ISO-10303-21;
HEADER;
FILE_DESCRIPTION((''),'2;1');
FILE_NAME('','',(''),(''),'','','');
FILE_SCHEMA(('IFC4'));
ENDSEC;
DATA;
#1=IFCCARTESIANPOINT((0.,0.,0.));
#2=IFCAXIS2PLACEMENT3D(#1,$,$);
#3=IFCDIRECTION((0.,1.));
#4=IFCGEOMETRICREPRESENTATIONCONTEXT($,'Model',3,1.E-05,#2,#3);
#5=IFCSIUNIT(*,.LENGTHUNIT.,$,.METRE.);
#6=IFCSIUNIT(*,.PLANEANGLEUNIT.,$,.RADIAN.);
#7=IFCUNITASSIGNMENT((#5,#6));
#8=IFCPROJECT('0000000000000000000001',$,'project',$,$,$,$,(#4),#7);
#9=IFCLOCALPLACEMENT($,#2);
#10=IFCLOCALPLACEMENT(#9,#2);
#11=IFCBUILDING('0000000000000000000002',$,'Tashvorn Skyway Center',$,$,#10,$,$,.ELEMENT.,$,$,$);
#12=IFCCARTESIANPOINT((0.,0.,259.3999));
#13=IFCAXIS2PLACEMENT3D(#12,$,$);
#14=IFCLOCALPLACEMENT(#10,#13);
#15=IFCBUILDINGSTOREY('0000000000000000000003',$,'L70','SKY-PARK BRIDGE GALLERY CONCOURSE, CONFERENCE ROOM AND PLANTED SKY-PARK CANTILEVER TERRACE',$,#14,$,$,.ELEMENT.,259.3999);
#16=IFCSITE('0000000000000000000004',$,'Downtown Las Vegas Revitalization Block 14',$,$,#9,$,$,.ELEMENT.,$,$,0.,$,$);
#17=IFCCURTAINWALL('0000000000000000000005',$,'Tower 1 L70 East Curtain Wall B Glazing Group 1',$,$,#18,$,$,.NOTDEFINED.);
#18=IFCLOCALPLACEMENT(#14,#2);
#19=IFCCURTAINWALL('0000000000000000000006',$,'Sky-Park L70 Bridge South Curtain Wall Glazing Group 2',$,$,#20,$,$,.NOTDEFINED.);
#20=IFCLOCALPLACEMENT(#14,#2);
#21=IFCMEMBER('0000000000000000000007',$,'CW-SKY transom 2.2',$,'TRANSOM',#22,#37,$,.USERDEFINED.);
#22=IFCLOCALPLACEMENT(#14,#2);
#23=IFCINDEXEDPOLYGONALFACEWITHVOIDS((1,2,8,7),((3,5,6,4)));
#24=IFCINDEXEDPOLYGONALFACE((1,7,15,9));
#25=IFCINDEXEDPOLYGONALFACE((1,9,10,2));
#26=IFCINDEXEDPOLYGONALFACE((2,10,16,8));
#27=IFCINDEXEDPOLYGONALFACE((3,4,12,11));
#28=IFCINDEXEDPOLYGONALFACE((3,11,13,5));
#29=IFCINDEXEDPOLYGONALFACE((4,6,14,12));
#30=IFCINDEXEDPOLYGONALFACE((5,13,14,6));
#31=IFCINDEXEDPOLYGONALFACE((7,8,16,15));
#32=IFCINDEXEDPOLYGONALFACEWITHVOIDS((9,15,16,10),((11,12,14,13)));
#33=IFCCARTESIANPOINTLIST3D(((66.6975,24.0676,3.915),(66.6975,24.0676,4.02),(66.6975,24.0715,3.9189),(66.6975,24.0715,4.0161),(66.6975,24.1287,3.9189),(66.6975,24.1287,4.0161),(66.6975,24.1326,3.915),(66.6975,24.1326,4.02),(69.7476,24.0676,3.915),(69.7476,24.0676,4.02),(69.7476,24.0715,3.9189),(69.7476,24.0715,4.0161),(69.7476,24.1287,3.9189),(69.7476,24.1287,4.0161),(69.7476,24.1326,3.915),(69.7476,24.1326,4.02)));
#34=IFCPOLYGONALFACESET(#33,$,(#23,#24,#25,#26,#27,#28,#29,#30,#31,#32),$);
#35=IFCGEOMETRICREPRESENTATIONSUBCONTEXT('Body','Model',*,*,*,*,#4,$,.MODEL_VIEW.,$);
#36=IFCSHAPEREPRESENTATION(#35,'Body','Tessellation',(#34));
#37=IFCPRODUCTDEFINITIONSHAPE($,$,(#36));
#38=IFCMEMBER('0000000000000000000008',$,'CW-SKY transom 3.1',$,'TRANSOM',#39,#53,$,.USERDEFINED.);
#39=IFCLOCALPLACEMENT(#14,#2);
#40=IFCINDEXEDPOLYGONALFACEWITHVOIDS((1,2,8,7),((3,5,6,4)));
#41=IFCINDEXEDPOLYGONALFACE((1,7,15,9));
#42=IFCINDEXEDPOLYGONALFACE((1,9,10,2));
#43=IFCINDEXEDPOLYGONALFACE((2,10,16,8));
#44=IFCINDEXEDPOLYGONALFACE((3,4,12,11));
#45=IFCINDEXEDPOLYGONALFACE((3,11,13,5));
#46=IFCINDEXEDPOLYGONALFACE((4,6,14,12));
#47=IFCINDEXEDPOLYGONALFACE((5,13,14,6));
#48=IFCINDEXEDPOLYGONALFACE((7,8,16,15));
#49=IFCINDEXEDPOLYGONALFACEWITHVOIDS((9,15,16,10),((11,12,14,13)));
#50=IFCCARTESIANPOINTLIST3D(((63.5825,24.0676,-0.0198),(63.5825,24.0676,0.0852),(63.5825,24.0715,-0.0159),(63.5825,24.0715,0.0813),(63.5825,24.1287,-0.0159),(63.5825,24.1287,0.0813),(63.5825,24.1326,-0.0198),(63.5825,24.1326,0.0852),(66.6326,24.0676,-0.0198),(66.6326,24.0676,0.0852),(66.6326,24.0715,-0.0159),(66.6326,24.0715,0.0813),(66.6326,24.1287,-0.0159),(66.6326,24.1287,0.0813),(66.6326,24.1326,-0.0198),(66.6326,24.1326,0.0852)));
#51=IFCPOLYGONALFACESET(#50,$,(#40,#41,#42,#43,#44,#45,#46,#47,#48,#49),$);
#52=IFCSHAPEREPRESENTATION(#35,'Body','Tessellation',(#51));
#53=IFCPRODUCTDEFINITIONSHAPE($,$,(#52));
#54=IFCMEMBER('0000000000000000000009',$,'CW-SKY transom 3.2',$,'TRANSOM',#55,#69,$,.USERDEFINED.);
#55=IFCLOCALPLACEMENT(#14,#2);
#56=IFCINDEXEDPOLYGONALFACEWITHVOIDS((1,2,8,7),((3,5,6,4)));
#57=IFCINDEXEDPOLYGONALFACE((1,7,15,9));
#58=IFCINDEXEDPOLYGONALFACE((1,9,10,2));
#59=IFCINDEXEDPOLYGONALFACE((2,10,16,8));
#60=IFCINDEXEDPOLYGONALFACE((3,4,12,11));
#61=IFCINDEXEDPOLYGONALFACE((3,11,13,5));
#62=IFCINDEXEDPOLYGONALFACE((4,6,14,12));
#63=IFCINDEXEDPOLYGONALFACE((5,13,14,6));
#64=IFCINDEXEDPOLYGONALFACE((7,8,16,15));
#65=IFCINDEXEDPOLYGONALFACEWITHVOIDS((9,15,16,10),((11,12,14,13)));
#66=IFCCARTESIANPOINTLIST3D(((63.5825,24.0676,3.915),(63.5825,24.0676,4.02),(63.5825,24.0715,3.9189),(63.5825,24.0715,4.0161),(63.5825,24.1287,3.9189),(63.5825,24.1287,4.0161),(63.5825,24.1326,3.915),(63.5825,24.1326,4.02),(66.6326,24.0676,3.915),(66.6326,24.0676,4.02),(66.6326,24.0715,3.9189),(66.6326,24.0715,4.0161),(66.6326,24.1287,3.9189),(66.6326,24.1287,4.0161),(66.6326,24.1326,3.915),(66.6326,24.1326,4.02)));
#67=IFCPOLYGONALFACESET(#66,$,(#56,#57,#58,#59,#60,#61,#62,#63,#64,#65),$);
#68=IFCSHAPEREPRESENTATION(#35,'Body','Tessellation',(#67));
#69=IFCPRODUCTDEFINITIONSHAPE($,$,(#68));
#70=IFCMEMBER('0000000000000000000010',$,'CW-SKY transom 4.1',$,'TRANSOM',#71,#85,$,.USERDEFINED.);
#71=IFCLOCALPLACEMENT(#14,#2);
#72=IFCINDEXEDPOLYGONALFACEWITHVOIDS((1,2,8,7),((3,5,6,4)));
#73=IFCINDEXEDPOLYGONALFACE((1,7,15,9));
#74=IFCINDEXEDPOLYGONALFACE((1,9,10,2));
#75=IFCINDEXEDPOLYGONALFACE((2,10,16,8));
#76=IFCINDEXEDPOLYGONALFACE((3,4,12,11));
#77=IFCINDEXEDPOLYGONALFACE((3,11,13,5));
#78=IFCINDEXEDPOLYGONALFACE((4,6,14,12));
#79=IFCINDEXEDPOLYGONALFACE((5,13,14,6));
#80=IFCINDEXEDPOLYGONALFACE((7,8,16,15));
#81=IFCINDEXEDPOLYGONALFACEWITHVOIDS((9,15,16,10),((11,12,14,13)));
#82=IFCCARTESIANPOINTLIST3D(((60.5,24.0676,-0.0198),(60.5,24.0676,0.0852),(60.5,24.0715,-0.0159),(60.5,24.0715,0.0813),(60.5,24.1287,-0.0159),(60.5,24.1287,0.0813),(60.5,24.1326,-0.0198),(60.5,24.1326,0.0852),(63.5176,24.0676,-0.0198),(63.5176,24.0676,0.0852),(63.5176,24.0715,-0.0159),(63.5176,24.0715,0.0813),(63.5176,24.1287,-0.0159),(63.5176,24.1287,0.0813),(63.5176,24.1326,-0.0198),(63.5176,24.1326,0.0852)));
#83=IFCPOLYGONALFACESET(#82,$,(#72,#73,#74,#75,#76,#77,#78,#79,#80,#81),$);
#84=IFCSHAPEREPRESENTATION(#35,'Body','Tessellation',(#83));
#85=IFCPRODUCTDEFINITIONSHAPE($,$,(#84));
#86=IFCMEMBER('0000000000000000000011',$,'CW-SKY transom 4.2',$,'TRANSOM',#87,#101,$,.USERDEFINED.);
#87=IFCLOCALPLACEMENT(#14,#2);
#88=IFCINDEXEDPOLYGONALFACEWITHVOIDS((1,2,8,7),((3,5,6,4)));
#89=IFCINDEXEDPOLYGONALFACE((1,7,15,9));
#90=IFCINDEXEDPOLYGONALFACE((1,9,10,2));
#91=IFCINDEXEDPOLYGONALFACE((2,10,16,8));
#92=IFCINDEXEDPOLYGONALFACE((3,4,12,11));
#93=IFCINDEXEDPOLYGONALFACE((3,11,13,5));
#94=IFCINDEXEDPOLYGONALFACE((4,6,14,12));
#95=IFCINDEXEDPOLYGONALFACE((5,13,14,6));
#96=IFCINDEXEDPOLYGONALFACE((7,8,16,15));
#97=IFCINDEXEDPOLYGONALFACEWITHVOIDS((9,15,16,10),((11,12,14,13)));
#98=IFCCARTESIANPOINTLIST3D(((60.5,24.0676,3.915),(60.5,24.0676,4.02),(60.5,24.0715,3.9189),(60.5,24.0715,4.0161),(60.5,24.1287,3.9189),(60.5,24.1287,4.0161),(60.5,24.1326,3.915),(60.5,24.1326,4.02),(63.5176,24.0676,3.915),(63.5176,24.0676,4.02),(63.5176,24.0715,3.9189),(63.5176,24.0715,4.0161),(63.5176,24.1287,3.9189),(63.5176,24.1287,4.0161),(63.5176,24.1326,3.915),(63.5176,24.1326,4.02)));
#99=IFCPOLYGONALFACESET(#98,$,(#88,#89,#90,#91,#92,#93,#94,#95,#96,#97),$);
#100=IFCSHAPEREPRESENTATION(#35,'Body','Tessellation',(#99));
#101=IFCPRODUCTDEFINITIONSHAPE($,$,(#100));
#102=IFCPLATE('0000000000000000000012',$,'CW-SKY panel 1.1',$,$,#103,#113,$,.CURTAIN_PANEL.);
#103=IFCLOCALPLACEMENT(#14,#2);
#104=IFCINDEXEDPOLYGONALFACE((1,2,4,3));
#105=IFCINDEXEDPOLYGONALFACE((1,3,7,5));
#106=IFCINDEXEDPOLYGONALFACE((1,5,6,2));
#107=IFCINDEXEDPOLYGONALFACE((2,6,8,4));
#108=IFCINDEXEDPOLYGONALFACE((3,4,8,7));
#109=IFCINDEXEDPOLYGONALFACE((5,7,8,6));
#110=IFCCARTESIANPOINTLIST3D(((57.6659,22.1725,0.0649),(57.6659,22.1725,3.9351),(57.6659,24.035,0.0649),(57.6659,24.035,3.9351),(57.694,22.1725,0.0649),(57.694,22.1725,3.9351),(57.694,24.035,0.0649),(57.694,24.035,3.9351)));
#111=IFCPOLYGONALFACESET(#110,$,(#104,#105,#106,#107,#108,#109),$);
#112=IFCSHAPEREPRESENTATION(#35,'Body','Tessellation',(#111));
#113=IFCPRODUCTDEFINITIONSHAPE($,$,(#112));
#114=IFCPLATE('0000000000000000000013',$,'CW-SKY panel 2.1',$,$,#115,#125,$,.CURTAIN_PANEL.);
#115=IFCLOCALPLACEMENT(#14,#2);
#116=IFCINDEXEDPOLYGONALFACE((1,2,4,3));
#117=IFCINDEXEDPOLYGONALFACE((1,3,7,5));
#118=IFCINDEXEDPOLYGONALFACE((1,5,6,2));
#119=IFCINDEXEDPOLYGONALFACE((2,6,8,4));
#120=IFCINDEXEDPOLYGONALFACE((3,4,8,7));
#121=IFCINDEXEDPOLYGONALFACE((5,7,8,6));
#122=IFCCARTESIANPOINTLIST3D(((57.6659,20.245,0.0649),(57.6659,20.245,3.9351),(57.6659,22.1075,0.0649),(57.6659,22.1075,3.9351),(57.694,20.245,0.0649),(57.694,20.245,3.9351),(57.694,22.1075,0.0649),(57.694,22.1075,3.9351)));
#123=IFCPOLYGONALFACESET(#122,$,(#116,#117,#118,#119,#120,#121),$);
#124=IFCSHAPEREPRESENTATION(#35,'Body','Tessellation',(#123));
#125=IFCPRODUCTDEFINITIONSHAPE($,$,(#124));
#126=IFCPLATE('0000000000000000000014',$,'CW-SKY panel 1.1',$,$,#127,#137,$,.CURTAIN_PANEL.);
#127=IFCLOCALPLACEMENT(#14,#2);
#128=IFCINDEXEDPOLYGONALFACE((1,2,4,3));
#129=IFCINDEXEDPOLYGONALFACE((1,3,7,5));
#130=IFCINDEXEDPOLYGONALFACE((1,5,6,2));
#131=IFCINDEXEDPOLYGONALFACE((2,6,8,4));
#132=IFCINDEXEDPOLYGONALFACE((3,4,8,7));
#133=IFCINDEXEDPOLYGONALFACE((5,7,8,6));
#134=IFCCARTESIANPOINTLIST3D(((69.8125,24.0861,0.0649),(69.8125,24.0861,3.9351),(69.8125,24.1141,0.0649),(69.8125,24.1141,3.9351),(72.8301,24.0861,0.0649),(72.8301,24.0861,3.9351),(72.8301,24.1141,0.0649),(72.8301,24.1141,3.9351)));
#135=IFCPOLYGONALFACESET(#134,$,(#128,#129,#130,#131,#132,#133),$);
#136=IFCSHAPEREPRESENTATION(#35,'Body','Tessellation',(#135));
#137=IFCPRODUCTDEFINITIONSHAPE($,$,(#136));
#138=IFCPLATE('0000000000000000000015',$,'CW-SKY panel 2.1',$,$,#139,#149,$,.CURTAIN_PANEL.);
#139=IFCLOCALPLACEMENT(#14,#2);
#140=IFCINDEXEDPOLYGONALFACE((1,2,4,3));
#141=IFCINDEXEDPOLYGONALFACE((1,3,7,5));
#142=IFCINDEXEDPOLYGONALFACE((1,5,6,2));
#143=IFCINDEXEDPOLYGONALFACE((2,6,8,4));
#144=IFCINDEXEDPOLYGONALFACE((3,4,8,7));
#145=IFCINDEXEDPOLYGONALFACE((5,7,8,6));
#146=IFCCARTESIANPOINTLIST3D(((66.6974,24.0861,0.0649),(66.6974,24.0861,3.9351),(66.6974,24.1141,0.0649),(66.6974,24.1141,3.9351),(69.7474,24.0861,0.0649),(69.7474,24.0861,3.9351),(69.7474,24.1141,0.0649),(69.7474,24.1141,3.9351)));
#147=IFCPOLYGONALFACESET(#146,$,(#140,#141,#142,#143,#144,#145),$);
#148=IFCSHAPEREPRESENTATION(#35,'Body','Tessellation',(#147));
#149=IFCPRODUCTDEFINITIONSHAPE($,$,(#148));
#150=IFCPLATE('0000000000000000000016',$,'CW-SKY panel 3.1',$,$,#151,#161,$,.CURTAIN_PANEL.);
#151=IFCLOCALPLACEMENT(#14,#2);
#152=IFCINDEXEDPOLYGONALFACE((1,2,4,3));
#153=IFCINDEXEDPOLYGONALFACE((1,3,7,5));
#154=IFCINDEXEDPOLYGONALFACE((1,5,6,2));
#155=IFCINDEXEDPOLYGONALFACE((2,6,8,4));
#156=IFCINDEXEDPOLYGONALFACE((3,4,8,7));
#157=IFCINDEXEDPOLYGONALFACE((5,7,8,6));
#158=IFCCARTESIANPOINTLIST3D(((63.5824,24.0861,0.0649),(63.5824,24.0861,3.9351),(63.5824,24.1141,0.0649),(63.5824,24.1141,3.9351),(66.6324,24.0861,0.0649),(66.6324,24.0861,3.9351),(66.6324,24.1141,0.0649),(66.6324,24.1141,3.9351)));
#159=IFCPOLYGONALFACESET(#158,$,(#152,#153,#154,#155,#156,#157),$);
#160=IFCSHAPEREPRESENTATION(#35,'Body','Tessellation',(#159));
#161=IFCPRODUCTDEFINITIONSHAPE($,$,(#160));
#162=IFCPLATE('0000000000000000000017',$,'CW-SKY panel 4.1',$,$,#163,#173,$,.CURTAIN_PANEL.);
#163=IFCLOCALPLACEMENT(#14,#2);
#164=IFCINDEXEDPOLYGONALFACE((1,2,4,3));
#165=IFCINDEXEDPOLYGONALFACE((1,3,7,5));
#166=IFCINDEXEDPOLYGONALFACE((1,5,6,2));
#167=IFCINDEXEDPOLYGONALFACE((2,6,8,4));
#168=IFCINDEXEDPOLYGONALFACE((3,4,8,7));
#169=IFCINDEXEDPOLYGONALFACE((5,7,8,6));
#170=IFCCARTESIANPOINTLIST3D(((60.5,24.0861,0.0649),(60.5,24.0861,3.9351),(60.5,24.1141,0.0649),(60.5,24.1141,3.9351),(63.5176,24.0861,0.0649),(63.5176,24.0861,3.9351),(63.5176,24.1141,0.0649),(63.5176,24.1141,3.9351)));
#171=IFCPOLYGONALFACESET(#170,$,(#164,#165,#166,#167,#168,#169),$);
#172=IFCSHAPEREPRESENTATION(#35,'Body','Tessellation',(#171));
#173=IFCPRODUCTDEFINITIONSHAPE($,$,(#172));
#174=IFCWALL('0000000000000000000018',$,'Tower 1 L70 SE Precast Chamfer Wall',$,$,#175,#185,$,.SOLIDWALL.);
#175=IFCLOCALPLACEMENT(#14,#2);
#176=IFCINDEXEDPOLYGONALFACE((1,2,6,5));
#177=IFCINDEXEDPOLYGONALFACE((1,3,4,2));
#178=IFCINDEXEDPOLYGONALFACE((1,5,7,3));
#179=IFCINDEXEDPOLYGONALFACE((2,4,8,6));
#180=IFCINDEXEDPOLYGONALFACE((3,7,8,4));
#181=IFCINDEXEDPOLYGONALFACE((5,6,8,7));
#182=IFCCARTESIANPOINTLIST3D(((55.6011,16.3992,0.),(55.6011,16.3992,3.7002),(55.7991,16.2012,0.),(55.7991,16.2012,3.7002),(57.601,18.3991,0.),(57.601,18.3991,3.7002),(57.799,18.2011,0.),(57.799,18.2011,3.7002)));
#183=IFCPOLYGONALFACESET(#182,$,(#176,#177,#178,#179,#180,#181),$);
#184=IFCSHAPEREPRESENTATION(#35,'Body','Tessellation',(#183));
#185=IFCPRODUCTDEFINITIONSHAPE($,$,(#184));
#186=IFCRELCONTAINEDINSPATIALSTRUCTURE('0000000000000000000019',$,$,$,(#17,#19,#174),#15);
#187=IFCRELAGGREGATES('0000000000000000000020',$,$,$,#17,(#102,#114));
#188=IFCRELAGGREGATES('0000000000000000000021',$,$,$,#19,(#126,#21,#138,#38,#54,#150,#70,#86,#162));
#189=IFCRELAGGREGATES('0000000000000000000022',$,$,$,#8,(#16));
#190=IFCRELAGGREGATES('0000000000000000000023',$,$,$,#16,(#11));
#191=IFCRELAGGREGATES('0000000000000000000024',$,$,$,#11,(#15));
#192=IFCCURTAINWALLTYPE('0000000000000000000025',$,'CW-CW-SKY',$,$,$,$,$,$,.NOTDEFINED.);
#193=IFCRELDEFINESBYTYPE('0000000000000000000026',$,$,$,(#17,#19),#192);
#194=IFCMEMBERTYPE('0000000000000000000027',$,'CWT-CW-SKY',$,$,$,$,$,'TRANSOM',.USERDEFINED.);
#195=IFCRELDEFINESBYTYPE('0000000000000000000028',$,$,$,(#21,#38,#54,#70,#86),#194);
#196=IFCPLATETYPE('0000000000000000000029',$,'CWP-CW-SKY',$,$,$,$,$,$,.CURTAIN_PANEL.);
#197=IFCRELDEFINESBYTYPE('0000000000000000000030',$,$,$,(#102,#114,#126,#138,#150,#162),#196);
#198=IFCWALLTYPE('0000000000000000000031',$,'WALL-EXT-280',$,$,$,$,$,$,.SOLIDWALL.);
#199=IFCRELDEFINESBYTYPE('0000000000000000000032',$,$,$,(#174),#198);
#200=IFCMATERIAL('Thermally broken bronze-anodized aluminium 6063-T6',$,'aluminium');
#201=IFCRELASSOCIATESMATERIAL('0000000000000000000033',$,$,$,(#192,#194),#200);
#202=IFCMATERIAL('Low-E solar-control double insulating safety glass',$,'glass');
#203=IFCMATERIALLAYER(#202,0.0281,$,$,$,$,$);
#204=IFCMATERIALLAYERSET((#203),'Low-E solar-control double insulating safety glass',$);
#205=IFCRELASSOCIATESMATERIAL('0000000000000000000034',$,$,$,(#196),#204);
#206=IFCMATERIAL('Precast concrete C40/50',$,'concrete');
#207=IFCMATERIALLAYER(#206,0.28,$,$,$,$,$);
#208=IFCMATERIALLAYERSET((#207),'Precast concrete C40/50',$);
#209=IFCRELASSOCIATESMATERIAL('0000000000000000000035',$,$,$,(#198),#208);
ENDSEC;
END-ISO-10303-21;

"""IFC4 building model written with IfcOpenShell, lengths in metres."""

from ifc_helpers import new_model, si_unit, direction, frame, frame_2d, origin, origin_2d, place, context, subcontext, project, spatial, rectangle, hollow_rectangle, extrude, material, layer, layer_set, material_profile, profile_set, type_object, element, aggregate, save


model = new_model("IFC4")

# Units and contexts
model_context = context("Model", 3, precision=1e-05, world=origin(), true_north=direction((0.0, 1.0)))
body_context = subcontext(model_context, "Body", "Model", "MODEL_VIEW")
ifc_project = project(units=[si_unit("LENGTHUNIT", "METRE"), si_unit("PLANEANGLEUNIT", "RADIAN")], contexts=[model_context])

# Site, building, storey
site_placement = place(None, origin())
site = spatial("IfcSite", under=ifc_project, at=site_placement, Name="Downtown Las Vegas Revitalization Block 14", CompositionType="ELEMENT", RefElevation=0.0)
building_placement = place(site_placement, origin())
building = spatial("IfcBuilding", under=site, at=building_placement, Name="Tashvorn Skyway Center", CompositionType="ELEMENT")
storey_placement = place(building_placement, frame((0.0, 0.0, 259.3999)))
storey = spatial("IfcBuildingStorey", under=building, at=storey_placement, Name="L70", Description="SKY-PARK BRIDGE GALLERY CONCOURSE, CONFERENCE ROOM AND PLANTED SKY-PARK CANTILEVER TERRACE", CompositionType="ELEMENT", Elevation=259.3999)

# Curtain walls
ifc_material_1 = material(Name="Thermally broken bronze-anodized aluminium 6063-T6", Category="aluminium")
curtain_wall_type = type_object("IfcCurtainWallType", Name="CW-CW-SKY", PredefinedType="NOTDEFINED", material=ifc_material_1)
curtain_wall_1_placement = place(storey_placement, origin())
curtain_wall_1 = element("IfcCurtainWall", 1, at=curtain_wall_1_placement, inside=storey, type_object=curtain_wall_type, Name="Tower 1 L70 East Curtain Wall B Glazing Group 1", PredefinedType="NOTDEFINED")
curtain_wall_2_placement = place(storey_placement, origin())
curtain_wall_2 = element("IfcCurtainWall", 2, at=curtain_wall_2_placement, inside=storey, type_object=curtain_wall_type, Name="Sky-Park L70 Bridge South Curtain Wall Glazing Group 2", PredefinedType="NOTDEFINED")

# Members
ifc_material_profile_1 = material_profile(ifc_material_1, hollow_rectangle(XDim=0.0649, YDim=0.105, WallThickness=0.0039, at=origin_2d()), Name="ALU-TRAN-65x105")
ifc_profile_set_1 = profile_set([ifc_material_profile_1], Name="Thermally broken bronze-anodized aluminium 6063-T6")
member_type_1 = type_object("IfcMemberType", Name="CWT-CW-SKY", ElementType="TRANSOM", PredefinedType="USERDEFINED", material=ifc_profile_set_1)
member_1_placement = place(storey_placement, frame((69.7476, 24.1001, 3.9675), z_axis=(-1.0, 0.0, 0.0), x_axis=(0.0, -1.0, 0.0)))
member_1 = element("IfcMember", 3, at=member_1_placement, type_object=member_type_1, Name="CW-SKY transom 2.2", ObjectType="TRANSOM", PredefinedType="USERDEFINED", context=body_context, shape_type="SweptSolid", body=[
    extrude(hollow_rectangle(XDim=0.0649, YDim=0.105, WallThickness=0.0039, at=origin_2d()), origin(), (0.0, 0.0, 1.0), 3.05),
])
member_2_placement = place(storey_placement, frame((66.6326, 24.1001, 0.0327), z_axis=(-1.0, 0.0, 0.0), x_axis=(0.0, -1.0, 0.0)))
member_2 = element("IfcMember", 4, at=member_2_placement, type_object=member_type_1, Name="CW-SKY transom 3.1", ObjectType="TRANSOM", PredefinedType="USERDEFINED", context=body_context, shape_type="SweptSolid", body=[
    extrude(hollow_rectangle(XDim=0.0649, YDim=0.105, WallThickness=0.0039, at=origin_2d()), origin(), (0.0, 0.0, 1.0), 3.05),
])
member_3_placement = place(storey_placement, frame((66.6326, 24.1001, 3.9675), z_axis=(-1.0, 0.0, 0.0), x_axis=(0.0, -1.0, 0.0)))
member_3 = element("IfcMember", 5, at=member_3_placement, type_object=member_type_1, Name="CW-SKY transom 3.2", ObjectType="TRANSOM", PredefinedType="USERDEFINED", context=body_context, shape_type="SweptSolid", body=[
    extrude(hollow_rectangle(XDim=0.0649, YDim=0.105, WallThickness=0.0039, at=origin_2d()), origin(), (0.0, 0.0, 1.0), 3.05),
])
member_4_placement = place(storey_placement, frame((63.5176, 24.1001, 0.0327), z_axis=(-1.0, 0.0, 0.0), x_axis=(0.0, -1.0, 0.0)))
member_4 = element("IfcMember", 6, at=member_4_placement, type_object=member_type_1, Name="CW-SKY transom 4.1", ObjectType="TRANSOM", PredefinedType="USERDEFINED", context=body_context, shape_type="SweptSolid", body=[
    extrude(hollow_rectangle(XDim=0.0649, YDim=0.105, WallThickness=0.0039, at=origin_2d()), origin(), (0.0, 0.0, 1.0), 3.0176),
])
member_5_placement = place(storey_placement, frame((63.5176, 24.1001, 3.9675), z_axis=(-1.0, 0.0, 0.0), x_axis=(0.0, -1.0, 0.0)))
member_5 = element("IfcMember", 7, at=member_5_placement, type_object=member_type_1, Name="CW-SKY transom 4.2", ObjectType="TRANSOM", PredefinedType="USERDEFINED", context=body_context, shape_type="SweptSolid", body=[
    extrude(hollow_rectangle(XDim=0.0649, YDim=0.105, WallThickness=0.0039, at=origin_2d()), origin(), (0.0, 0.0, 1.0), 3.0176),
])

# Plates
ifc_material_2 = material(Name="Low-E solar-control double insulating safety glass", Category="glass")
ifc_layer_1 = layer(ifc_material_2, 0.0281)
ifc_layer_set_1 = layer_set([ifc_layer_1], Name="Low-E solar-control double insulating safety glass")
plate_type = type_object("IfcPlateType", Name="CWP-CW-SKY", PredefinedType="CURTAIN_PANEL", material=ifc_layer_set_1)
plate_1_placement = place(storey_placement, frame((57.6799, 23.1038, 0.0649), z_axis=(0.0, 0.0, 1.0), x_axis=(0.0, -1.0, 0.0)))
plate_1 = element("IfcPlate", 8, at=plate_1_placement, type_object=plate_type, Name="CW-SKY panel 1.1", PredefinedType="CURTAIN_PANEL", context=body_context, shape_type="SweptSolid", body=[
    extrude(rectangle(XDim=1.8625, YDim=0.0281, at=origin_2d()), origin(), (0.0, 0.0, 1.0), 3.8701),
])
plate_2_placement = place(storey_placement, frame((57.6799, 21.1763, 0.0649), z_axis=(0.0, 0.0, 1.0), x_axis=(0.0, -1.0, 0.0)))
plate_2 = element("IfcPlate", 9, at=plate_2_placement, type_object=plate_type, Name="CW-SKY panel 2.1", PredefinedType="CURTAIN_PANEL", context=body_context, shape_type="SweptSolid", body=[
    extrude(rectangle(XDim=1.8625, YDim=0.0281, at=origin_2d()), origin(), (0.0, 0.0, 1.0), 3.8701),
])
aggregate(curtain_wall_1, [plate_1, plate_2])
plate_3_placement = place(storey_placement, frame((71.3213, 24.1001, 0.0649), z_axis=(0.0, 0.0, 1.0), x_axis=(-1.0, 0.0, 0.0)))
plate_3 = element("IfcPlate", 10, at=plate_3_placement, type_object=plate_type, Name="CW-SKY panel 1.1", PredefinedType="CURTAIN_PANEL", context=body_context, shape_type="SweptSolid", body=[
    extrude(rectangle(XDim=3.0176, YDim=0.0281, at=origin_2d()), origin(), (0.0, 0.0, 1.0), 3.8701),
])
plate_4_placement = place(storey_placement, frame((68.2224, 24.1001, 0.0649), z_axis=(0.0, 0.0, 1.0), x_axis=(-1.0, 0.0, 0.0)))
plate_4 = element("IfcPlate", 11, at=plate_4_placement, type_object=plate_type, Name="CW-SKY panel 2.1", PredefinedType="CURTAIN_PANEL", context=body_context, shape_type="SweptSolid", body=[
    extrude(rectangle(XDim=3.05, YDim=0.0281, at=origin_2d()), origin(), (0.0, 0.0, 1.0), 3.8701),
])
plate_5_placement = place(storey_placement, frame((65.1074, 24.1001, 0.0649), z_axis=(0.0, 0.0, 1.0), x_axis=(-1.0, 0.0, 0.0)))
plate_5 = element("IfcPlate", 12, at=plate_5_placement, type_object=plate_type, Name="CW-SKY panel 3.1", PredefinedType="CURTAIN_PANEL", context=body_context, shape_type="SweptSolid", body=[
    extrude(rectangle(XDim=3.05, YDim=0.0281, at=origin_2d()), origin(), (0.0, 0.0, 1.0), 3.8701),
])
plate_6_placement = place(storey_placement, frame((62.0088, 24.1001, 0.0649), z_axis=(0.0, 0.0, 1.0), x_axis=(-1.0, 0.0, 0.0)))
plate_6 = element("IfcPlate", 13, at=plate_6_placement, type_object=plate_type, Name="CW-SKY panel 4.1", PredefinedType="CURTAIN_PANEL", context=body_context, shape_type="SweptSolid", body=[
    extrude(rectangle(XDim=3.0176, YDim=0.0281, at=origin_2d()), origin(), (0.0, 0.0, 1.0), 3.8701),
])
aggregate(curtain_wall_2, [plate_3, member_1, plate_4, member_2, member_3, plate_5, member_4, member_5, plate_6])

# Wall
ifc_material_3 = material(Name="Precast concrete C40/50", Category="concrete")
ifc_layer_2 = layer(ifc_material_3, 0.28)
ifc_layer_set_2 = layer_set([ifc_layer_2], Name="Precast concrete C40/50")
wall_type_1 = type_object("IfcWallType", Name="WALL-EXT-280", PredefinedType="SOLIDWALL", material=ifc_layer_set_2)
wall_1_placement = place(storey_placement, frame((57.7, 18.3, 0.0), z_axis=(0.0, 0.0, 1.0), x_axis=(-0.707107, -0.707107, 0.0)))
element("IfcWall", 14, at=wall_1_placement, inside=storey, type_object=wall_type_1, Name="Tower 1 L70 SE Precast Chamfer Wall", PredefinedType="SOLIDWALL", context=body_context, shape_type="SweptSolid", body=[
    extrude(rectangle(XDim=2.8284, YDim=0.28, at=frame_2d((1.4141, 0.0))), origin(), (0.0, 0.0, 1.0), 3.7002),
])

save(model, "model.ifc")
